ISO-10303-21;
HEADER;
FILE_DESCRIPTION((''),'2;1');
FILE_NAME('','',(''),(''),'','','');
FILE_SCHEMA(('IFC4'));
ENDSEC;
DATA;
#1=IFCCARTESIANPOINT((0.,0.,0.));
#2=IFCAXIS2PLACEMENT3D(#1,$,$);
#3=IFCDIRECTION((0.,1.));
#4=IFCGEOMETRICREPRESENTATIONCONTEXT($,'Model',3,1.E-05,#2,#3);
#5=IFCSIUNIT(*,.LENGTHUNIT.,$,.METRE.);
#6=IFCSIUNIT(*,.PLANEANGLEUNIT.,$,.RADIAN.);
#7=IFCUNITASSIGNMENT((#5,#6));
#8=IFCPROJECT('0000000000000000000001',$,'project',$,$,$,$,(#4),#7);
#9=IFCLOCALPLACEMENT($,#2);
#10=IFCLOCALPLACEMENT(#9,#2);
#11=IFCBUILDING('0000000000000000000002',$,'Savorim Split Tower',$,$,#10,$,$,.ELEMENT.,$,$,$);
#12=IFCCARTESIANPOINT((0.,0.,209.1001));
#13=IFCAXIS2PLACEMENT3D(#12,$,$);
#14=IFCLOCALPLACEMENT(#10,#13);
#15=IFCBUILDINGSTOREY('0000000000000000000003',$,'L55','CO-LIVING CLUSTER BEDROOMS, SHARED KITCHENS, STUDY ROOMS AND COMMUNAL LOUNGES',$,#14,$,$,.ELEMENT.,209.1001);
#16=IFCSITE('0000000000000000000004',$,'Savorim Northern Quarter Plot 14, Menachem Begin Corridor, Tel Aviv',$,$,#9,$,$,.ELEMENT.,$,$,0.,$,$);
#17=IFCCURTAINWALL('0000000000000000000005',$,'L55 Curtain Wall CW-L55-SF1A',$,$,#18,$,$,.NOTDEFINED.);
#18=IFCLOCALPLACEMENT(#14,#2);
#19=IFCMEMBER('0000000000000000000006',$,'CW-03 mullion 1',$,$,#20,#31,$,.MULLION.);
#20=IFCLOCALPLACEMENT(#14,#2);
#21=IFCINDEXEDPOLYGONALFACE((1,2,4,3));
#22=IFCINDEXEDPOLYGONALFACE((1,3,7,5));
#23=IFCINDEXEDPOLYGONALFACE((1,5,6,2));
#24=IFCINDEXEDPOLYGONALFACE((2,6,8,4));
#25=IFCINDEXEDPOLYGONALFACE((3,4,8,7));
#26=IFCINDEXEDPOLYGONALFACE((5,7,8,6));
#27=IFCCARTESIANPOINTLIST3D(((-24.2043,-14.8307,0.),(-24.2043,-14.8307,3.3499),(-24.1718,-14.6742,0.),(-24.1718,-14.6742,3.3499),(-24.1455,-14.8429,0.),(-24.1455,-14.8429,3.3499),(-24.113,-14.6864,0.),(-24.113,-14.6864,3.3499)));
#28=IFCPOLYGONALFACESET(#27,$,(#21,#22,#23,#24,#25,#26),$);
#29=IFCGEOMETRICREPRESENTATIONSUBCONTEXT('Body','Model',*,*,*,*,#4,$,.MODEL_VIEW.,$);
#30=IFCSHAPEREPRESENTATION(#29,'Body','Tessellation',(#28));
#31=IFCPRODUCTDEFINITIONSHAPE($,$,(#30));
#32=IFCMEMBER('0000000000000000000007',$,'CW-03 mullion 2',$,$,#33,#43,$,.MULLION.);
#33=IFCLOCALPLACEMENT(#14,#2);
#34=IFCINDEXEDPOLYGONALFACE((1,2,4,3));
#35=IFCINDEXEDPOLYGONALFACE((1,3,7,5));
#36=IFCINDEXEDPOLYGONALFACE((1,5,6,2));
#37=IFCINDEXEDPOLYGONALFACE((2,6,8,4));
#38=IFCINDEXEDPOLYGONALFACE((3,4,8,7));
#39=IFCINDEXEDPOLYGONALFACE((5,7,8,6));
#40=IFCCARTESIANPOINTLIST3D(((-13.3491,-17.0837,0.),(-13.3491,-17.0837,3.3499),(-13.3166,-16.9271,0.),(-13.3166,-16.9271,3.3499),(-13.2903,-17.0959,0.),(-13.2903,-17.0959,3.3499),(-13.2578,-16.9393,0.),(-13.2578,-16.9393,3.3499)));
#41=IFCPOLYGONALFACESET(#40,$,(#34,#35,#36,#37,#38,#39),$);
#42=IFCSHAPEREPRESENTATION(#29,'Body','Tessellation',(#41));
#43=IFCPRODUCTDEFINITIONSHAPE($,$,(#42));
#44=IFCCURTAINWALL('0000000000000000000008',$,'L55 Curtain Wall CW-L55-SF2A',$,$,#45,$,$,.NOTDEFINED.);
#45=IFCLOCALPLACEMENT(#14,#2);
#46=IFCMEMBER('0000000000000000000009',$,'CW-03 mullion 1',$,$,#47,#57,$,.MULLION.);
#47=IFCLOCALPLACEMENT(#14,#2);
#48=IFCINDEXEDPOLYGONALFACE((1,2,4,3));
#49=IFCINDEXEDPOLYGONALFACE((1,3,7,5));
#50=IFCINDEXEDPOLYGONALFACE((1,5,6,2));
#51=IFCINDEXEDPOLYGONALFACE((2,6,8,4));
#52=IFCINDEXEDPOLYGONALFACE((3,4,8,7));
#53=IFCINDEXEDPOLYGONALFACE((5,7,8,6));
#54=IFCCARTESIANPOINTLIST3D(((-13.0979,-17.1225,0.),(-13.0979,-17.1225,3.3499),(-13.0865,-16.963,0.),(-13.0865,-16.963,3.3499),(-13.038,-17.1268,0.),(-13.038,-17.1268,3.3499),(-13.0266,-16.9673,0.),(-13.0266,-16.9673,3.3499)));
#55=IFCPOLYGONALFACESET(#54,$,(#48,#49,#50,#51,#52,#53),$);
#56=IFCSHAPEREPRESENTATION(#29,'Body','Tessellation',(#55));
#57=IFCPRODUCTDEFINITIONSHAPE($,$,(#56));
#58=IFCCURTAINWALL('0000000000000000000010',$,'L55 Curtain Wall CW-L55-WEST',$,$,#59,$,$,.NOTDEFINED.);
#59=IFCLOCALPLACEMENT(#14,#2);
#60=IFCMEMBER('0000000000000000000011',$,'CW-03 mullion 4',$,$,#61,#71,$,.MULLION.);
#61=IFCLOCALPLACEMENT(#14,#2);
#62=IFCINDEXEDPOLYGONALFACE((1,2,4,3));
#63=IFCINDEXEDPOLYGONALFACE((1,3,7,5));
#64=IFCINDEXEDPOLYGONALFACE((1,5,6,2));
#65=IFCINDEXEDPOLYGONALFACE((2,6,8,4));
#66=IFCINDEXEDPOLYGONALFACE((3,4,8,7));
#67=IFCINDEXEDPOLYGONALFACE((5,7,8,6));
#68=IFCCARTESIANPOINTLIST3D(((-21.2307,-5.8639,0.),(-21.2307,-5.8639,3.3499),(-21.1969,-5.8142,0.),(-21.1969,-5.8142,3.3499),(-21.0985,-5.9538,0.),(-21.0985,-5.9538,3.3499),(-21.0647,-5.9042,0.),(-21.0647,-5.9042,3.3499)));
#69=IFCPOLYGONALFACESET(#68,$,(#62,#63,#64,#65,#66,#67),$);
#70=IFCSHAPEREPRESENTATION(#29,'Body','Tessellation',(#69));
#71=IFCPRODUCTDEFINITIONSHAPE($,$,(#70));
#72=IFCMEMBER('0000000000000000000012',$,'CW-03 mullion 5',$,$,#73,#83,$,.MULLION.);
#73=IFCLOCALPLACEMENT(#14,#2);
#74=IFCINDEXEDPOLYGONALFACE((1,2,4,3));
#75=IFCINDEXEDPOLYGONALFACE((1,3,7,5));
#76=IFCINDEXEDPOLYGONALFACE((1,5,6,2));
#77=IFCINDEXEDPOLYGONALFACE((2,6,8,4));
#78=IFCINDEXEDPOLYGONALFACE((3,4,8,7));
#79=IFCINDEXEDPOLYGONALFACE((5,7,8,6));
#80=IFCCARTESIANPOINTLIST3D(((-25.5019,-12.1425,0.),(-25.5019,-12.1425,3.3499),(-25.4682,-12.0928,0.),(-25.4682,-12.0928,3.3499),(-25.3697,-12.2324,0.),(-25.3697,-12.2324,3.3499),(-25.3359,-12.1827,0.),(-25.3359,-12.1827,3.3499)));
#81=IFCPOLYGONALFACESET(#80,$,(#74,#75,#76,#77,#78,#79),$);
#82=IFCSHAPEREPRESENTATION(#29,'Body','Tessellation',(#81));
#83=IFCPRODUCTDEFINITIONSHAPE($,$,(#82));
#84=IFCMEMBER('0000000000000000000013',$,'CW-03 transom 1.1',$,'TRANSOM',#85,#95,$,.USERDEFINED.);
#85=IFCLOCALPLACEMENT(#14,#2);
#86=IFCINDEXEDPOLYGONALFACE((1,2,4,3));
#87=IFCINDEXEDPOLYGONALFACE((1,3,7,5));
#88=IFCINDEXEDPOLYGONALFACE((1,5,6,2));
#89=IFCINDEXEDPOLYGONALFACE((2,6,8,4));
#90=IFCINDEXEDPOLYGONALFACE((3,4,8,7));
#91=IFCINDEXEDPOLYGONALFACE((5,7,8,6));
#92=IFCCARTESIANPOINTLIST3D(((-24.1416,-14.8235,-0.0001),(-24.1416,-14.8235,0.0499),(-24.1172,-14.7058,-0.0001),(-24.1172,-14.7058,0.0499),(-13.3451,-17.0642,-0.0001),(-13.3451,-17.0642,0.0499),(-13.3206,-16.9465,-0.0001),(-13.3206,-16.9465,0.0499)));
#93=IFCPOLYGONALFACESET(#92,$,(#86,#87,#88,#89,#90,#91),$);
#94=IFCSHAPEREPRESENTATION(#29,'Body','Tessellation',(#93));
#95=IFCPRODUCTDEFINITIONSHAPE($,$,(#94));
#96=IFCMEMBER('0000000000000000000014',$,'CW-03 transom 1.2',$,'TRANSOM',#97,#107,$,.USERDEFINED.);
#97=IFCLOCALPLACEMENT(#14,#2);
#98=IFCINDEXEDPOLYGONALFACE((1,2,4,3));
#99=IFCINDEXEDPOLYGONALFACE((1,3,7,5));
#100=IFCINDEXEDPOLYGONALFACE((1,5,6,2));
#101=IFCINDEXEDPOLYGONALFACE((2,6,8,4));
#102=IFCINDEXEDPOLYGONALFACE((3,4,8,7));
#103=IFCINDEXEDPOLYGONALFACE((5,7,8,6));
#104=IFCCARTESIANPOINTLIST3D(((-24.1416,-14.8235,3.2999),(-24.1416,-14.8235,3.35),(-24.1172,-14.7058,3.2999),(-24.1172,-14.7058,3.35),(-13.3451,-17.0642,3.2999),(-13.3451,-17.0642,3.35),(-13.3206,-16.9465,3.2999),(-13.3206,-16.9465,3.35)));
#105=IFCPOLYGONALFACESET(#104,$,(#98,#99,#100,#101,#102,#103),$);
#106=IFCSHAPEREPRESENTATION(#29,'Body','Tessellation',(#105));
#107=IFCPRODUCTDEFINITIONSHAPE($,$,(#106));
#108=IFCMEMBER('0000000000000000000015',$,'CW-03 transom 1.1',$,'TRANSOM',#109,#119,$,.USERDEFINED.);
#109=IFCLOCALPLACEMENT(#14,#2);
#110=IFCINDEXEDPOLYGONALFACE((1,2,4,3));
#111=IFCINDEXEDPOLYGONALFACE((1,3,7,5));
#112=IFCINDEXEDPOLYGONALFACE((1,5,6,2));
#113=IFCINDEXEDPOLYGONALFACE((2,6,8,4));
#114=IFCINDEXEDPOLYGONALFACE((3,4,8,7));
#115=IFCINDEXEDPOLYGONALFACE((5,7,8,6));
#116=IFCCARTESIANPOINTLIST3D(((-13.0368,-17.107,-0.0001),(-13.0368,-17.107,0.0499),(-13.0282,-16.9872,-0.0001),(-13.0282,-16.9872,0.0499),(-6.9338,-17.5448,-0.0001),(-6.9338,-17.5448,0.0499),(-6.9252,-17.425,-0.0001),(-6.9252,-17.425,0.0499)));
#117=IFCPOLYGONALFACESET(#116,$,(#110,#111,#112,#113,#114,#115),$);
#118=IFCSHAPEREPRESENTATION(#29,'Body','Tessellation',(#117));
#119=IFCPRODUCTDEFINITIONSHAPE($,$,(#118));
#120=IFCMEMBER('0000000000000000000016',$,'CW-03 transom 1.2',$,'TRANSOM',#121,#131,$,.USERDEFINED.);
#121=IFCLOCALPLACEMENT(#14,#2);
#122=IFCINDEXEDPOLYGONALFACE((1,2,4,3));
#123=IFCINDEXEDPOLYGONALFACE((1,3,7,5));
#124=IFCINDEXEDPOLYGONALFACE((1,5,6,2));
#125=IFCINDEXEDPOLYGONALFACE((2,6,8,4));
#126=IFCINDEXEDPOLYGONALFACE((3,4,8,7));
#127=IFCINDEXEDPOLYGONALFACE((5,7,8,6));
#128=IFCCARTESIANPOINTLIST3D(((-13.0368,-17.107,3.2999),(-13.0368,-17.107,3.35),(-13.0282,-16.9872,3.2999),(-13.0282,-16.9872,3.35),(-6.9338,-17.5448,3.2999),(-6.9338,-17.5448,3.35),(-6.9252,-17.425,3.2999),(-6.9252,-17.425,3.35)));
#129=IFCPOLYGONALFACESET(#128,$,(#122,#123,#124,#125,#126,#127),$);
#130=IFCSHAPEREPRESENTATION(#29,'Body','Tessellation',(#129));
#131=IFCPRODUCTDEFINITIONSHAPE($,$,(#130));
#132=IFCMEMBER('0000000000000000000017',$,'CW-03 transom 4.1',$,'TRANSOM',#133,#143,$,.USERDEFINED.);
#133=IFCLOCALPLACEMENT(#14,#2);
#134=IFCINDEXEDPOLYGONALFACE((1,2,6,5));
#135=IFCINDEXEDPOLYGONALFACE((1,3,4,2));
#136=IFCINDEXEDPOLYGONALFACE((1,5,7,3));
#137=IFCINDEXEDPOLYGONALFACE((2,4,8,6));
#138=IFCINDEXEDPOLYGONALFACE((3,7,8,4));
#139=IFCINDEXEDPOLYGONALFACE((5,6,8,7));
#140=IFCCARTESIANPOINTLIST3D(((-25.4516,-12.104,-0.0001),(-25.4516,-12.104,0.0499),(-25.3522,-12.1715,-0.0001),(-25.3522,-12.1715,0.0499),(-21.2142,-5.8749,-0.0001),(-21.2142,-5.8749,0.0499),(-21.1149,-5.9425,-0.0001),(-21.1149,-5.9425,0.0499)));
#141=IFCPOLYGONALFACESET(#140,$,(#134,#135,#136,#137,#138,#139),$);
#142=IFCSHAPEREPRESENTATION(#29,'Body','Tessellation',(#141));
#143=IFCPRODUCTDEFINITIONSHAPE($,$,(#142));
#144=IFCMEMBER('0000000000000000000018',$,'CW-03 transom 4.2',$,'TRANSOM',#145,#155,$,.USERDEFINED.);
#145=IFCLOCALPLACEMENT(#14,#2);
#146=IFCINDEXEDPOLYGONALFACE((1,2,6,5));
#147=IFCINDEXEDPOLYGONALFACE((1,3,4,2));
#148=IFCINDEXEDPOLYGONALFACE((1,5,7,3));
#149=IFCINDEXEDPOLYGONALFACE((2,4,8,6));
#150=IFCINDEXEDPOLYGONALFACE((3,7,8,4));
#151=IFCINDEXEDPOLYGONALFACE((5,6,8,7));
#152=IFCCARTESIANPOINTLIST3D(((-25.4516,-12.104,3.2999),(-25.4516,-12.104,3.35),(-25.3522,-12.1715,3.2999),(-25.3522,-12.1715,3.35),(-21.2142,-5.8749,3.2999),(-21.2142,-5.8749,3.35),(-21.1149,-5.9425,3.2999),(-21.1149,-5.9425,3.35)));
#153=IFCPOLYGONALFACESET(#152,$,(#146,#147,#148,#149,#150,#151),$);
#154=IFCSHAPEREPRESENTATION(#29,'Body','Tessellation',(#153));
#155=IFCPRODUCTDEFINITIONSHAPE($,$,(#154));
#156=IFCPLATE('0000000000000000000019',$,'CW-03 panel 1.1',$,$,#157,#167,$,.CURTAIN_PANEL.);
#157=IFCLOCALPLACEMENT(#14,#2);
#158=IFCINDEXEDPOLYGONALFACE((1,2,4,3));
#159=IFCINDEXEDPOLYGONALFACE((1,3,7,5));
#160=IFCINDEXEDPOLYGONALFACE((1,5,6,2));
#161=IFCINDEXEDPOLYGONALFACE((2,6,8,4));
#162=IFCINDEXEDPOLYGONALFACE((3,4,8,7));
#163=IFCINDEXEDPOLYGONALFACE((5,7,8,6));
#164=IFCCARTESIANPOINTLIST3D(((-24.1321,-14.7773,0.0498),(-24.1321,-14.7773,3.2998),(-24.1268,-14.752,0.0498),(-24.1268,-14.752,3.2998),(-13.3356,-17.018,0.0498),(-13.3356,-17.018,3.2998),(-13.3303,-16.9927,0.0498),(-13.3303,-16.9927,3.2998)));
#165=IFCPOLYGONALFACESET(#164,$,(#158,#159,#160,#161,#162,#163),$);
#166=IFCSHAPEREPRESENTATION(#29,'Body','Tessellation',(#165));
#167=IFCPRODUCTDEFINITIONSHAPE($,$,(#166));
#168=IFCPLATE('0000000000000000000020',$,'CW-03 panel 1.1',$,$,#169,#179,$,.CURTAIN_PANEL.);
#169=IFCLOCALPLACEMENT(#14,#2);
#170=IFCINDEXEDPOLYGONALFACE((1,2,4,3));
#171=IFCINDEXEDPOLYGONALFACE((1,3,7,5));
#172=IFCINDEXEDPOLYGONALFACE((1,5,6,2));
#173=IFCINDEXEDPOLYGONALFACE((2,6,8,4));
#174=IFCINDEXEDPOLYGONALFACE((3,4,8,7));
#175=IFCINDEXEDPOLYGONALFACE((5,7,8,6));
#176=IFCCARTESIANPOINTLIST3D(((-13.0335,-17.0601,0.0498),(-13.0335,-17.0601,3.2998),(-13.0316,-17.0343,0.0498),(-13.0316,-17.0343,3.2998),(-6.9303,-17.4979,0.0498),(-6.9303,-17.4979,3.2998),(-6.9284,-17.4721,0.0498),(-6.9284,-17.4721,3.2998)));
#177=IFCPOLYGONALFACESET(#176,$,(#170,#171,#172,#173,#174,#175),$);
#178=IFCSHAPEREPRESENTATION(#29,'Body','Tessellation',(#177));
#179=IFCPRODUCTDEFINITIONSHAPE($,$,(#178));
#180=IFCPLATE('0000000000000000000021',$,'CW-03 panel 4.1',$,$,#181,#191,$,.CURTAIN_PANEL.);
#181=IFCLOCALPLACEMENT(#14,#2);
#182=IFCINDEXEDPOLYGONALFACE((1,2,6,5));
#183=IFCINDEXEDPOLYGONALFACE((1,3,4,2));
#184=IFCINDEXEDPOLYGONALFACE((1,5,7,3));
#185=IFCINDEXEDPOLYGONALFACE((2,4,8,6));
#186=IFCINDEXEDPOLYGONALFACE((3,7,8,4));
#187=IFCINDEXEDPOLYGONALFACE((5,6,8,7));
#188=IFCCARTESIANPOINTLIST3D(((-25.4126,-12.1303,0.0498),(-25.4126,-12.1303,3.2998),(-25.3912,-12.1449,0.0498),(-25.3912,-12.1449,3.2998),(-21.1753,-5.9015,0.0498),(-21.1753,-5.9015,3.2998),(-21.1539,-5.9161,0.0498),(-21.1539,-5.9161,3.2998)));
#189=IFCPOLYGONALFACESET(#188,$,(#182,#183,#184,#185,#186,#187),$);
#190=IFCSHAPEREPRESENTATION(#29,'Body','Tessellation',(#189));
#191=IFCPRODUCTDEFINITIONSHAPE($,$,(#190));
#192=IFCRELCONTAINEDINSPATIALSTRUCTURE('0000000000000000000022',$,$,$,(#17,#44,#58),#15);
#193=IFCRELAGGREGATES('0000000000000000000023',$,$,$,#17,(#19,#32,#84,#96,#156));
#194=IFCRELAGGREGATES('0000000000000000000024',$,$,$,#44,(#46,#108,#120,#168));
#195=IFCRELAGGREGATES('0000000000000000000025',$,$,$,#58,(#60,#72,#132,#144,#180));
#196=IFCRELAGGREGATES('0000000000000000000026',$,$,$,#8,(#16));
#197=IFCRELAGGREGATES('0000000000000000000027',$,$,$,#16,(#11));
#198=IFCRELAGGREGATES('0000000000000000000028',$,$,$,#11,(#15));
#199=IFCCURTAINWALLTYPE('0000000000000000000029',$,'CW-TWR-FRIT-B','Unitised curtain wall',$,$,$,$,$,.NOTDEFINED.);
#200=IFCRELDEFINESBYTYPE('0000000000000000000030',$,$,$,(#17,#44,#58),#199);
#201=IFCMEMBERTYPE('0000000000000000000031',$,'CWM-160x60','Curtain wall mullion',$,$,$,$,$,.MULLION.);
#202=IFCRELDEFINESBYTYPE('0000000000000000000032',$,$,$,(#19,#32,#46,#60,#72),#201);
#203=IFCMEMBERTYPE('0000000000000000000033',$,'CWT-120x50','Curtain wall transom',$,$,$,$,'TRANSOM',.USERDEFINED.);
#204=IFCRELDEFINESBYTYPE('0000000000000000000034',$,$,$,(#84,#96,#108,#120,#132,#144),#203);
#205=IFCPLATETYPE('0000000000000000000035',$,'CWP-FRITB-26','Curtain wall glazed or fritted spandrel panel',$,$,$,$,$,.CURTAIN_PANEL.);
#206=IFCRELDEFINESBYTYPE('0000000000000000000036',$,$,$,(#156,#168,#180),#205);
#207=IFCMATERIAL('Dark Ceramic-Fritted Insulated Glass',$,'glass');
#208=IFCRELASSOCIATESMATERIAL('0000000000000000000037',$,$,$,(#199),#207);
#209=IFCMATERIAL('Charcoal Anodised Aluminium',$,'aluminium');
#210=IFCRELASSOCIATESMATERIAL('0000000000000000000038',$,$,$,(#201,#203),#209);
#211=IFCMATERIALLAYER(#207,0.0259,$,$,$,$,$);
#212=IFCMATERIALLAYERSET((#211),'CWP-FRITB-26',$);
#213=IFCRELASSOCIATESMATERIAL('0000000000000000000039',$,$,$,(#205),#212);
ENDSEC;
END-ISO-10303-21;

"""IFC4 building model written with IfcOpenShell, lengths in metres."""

from ifc_helpers import new_model, si_unit, direction, frame, origin, origin_2d, place, context, subcontext, project, spatial, rectangle, extrude, material, layer, layer_set, material_profile, profile_set, type_object, element, aggregate, save


model = new_model("IFC4")

# Units and contexts
model_context = context("Model", 3, precision=1e-05, world=origin(), true_north=direction((0.0, 1.0)))
body_context = subcontext(model_context, "Body", "Model", "MODEL_VIEW")
ifc_project = project(units=[si_unit("LENGTHUNIT", "METRE"), si_unit("PLANEANGLEUNIT", "RADIAN")], contexts=[model_context])

# Site, building, storey
site_placement = place(None, origin())
site = spatial("IfcSite", under=ifc_project, at=site_placement, Name="Savorim Northern Quarter Plot 14, Menachem Begin Corridor, Tel Aviv", CompositionType="ELEMENT", RefElevation=0.0)
building_placement = place(site_placement, origin())
building = spatial("IfcBuilding", under=site, at=building_placement, Name="Savorim Split Tower", CompositionType="ELEMENT")
storey_placement = place(building_placement, frame((0.0, 0.0, 209.1001)))
storey = spatial("IfcBuildingStorey", under=building, at=storey_placement, Name="L55", Description="CO-LIVING CLUSTER BEDROOMS, SHARED KITCHENS, STUDY ROOMS AND COMMUNAL LOUNGES", CompositionType="ELEMENT", Elevation=209.1001)

# Curtain wall, members
ifc_material_1 = material(Name="Dark Ceramic-Fritted Insulated Glass", Category="glass")
curtain_wall_type = type_object("IfcCurtainWallType", Name="CW-TWR-FRIT-B", Description="Unitised curtain wall", PredefinedType="NOTDEFINED", material=ifc_material_1)
curtain_wall_1_placement = place(storey_placement, origin())
curtain_wall_1 = element("IfcCurtainWall", 1, at=curtain_wall_1_placement, inside=storey, type_object=curtain_wall_type, Name="L55 Curtain Wall CW-L55-SF1A", PredefinedType="NOTDEFINED")
ifc_material_2 = material(Name="Charcoal Anodised Aluminium", Category="aluminium")
ifc_material_profile_1 = material_profile(ifc_material_2, rectangle(XDim=0.1599, YDim=0.0601, at=origin_2d()), Name="ALU-M 160x60")
ifc_profile_set_1 = profile_set([ifc_material_profile_1], Name="Charcoal Anodised Aluminium")
member_type_1 = type_object("IfcMemberType", Name="CWM-160x60", Description="Curtain wall mullion", PredefinedType="MULLION", material=ifc_profile_set_1)
member_1_placement = place(storey_placement, frame((-24.1587, -14.7585, 0.0), z_axis=(0.0, 0.0, 1.0), x_axis=(0.20321, 0.979135, 0.0)))
member_1 = element("IfcMember", 2, at=member_1_placement, type_object=member_type_1, Name="CW-03 mullion 1", PredefinedType="MULLION", context=body_context, shape_type="SweptSolid", body=[
    extrude(rectangle(XDim=0.1599, YDim=0.0601, at=origin_2d()), origin(), (0.0, 0.0, 1.0), 3.3499),
])
member_2_placement = place(storey_placement, frame((-13.3035, -17.0115, 0.0), z_axis=(0.0, 0.0, 1.0), x_axis=(0.20321, 0.979135, 0.0)))
member_2 = element("IfcMember", 3, at=member_2_placement, type_object=member_type_1, Name="CW-03 mullion 2", PredefinedType="MULLION", context=body_context, shape_type="SweptSolid", body=[
    extrude(rectangle(XDim=0.1599, YDim=0.0601, at=origin_2d()), origin(), (0.0, 0.0, 1.0), 3.3499),
])

# Curtain wall, member
curtain_wall_2_placement = place(storey_placement, origin())
curtain_wall_2 = element("IfcCurtainWall", 4, at=curtain_wall_2_placement, inside=storey, type_object=curtain_wall_type, Name="L55 Curtain Wall CW-L55-SF2A", PredefinedType="NOTDEFINED")
member_3_placement = place(storey_placement, frame((-13.0623, -17.0449, 0.0), z_axis=(0.0, 0.0, 1.0), x_axis=(0.071552, 0.997437, 0.0)))
member_3 = element("IfcMember", 5, at=member_3_placement, type_object=member_type_1, Name="CW-03 mullion 1", PredefinedType="MULLION", context=body_context, shape_type="SweptSolid", body=[
    extrude(rectangle(XDim=0.1599, YDim=0.0601, at=origin_2d()), origin(), (0.0, 0.0, 1.0), 3.3499),
])

# Curtain wall, members
curtain_wall_3_placement = place(storey_placement, origin())
curtain_wall_3 = element("IfcCurtainWall", 6, at=curtain_wall_3_placement, inside=storey, type_object=curtain_wall_type, Name="L55 Curtain Wall CW-L55-WEST", PredefinedType="NOTDEFINED")
member_4_placement = place(storey_placement, frame((-21.1477, -5.884, 0.0), z_axis=(0.0, 0.0, 1.0), x_axis=(0.826821, -0.562465, 0.0)))
member_4 = element("IfcMember", 7, at=member_4_placement, type_object=member_type_1, Name="CW-03 mullion 4", PredefinedType="MULLION", context=body_context, shape_type="SweptSolid", body=[
    extrude(rectangle(XDim=0.1599, YDim=0.0601, at=origin_2d()), origin(), (0.0, 0.0, 1.0), 3.3499),
])
member_5_placement = place(storey_placement, frame((-25.4189, -12.1626, 0.0), z_axis=(0.0, 0.0, 1.0), x_axis=(0.826821, -0.562465, 0.0)))
member_5 = element("IfcMember", 8, at=member_5_placement, type_object=member_type_1, Name="CW-03 mullion 5", PredefinedType="MULLION", context=body_context, shape_type="SweptSolid", body=[
    extrude(rectangle(XDim=0.1599, YDim=0.0601, at=origin_2d()), origin(), (0.0, 0.0, 1.0), 3.3499),
])

# Members
ifc_material_profile_2 = material_profile(ifc_material_2, rectangle(XDim=0.1201, YDim=0.05, at=origin_2d()), Name="ALU-T 120x50")
ifc_profile_set_2 = profile_set([ifc_material_profile_2], Name="Charcoal Anodised Aluminium")
member_type_2 = type_object("IfcMemberType", Name="CWT-120x50", Description="Curtain wall transom", ElementType="TRANSOM", PredefinedType="USERDEFINED", material=ifc_profile_set_2)
member_6_placement = place(storey_placement, frame((-24.1294, -14.7646, 0.0249), z_axis=(0.979135, -0.203209, 0.0), x_axis=(0.203209, 0.979135, 0.0)))
member_6 = element("IfcMember", 9, at=member_6_placement, type_object=member_type_2, Name="CW-03 transom 1.1", ObjectType="TRANSOM", PredefinedType="USERDEFINED", context=body_context, shape_type="SweptSolid", body=[
    extrude(rectangle(XDim=0.1201, YDim=0.05, at=origin_2d()), origin(), (0.0, 0.0, 1.0), 11.0266),
])
member_7_placement = place(storey_placement, frame((-24.1294, -14.7646, 3.325), z_axis=(0.979135, -0.203209, 0.0), x_axis=(0.203209, 0.979135, 0.0)))
member_7 = element("IfcMember", 10, at=member_7_placement, type_object=member_type_2, Name="CW-03 transom 1.2", ObjectType="TRANSOM", PredefinedType="USERDEFINED", context=body_context, shape_type="SweptSolid", body=[
    extrude(rectangle(XDim=0.1201, YDim=0.05, at=origin_2d()), origin(), (0.0, 0.0, 1.0), 11.0266),
])
member_8_placement = place(storey_placement, frame((-13.0325, -17.0471, 0.0249), z_axis=(0.997438, -0.071542, 0.0), x_axis=(0.071542, 0.997438, 0.0)))
member_8 = element("IfcMember", 11, at=member_8_placement, type_object=member_type_2, Name="CW-03 transom 1.1", ObjectType="TRANSOM", PredefinedType="USERDEFINED", context=body_context, shape_type="SweptSolid", body=[
    extrude(rectangle(XDim=0.1201, YDim=0.05, at=origin_2d()), origin(), (0.0, 0.0, 1.0), 6.1187),
])
member_9_placement = place(storey_placement, frame((-13.0325, -17.0471, 3.325), z_axis=(0.997438, -0.071542, 0.0), x_axis=(0.071542, 0.997438, 0.0)))
member_9 = element("IfcMember", 12, at=member_9_placement, type_object=member_type_2, Name="CW-03 transom 1.2", ObjectType="TRANSOM", PredefinedType="USERDEFINED", context=body_context, shape_type="SweptSolid", body=[
    extrude(rectangle(XDim=0.1201, YDim=0.05, at=origin_2d()), origin(), (0.0, 0.0, 1.0), 6.1187),
])
member_10_placement = place(storey_placement, frame((-21.1646, -5.9087, 0.0249), z_axis=(-0.562454, -0.826829, 0.0), x_axis=(0.826829, -0.562454, 0.0)))
member_10 = element("IfcMember", 13, at=member_10_placement, type_object=member_type_2, Name="CW-03 transom 4.1", ObjectType="TRANSOM", PredefinedType="USERDEFINED", context=body_context, shape_type="SweptSolid", body=[
    extrude(rectangle(XDim=0.1201, YDim=0.05, at=origin_2d()), origin(), (0.0, 0.0, 1.0), 7.5337),
])
member_11_placement = place(storey_placement, frame((-21.1646, -5.9087, 3.325), z_axis=(-0.562454, -0.826829, 0.0), x_axis=(0.826829, -0.562454, 0.0)))
member_11 = element("IfcMember", 14, at=member_11_placement, type_object=member_type_2, Name="CW-03 transom 4.2", ObjectType="TRANSOM", PredefinedType="USERDEFINED", context=body_context, shape_type="SweptSolid", body=[
    extrude(rectangle(XDim=0.1201, YDim=0.05, at=origin_2d()), origin(), (0.0, 0.0, 1.0), 7.5337),
])

# Plates
ifc_layer_1 = layer(ifc_material_1, 0.0259)
ifc_layer_set_1 = layer_set([ifc_layer_1], Name="CWP-FRITB-26")
plate_type = type_object("IfcPlateType", Name="CWP-FRITB-26", Description="Curtain wall glazed or fritted spandrel panel", PredefinedType="CURTAIN_PANEL", material=ifc_layer_set_1)
plate_1_placement = place(storey_placement, frame((-18.7312, -15.885, 0.0498), z_axis=(0.0, 0.0, 1.0), x_axis=(0.979135, -0.20321, 0.0)))
plate_1 = element("IfcPlate", 15, at=plate_1_placement, type_object=plate_type, Name="CW-03 panel 1.1", PredefinedType="CURTAIN_PANEL", context=body_context, shape_type="SweptSolid", body=[
    extrude(rectangle(XDim=11.0266, YDim=0.0259, at=origin_2d()), origin(), (0.0, 0.0, 1.0), 3.25),
])
aggregate(curtain_wall_1, [member_1, member_2, member_6, member_7, plate_1])
plate_2_placement = place(storey_placement, frame((-9.981, -17.2661, 0.0498), z_axis=(0.0, 0.0, 1.0), x_axis=(0.997437, -0.071552, 0.0)))
plate_2 = element("IfcPlate", 16, at=plate_2_placement, type_object=plate_type, Name="CW-03 panel 1.1", PredefinedType="CURTAIN_PANEL", context=body_context, shape_type="SweptSolid", body=[
    extrude(rectangle(XDim=6.1189, YDim=0.0259, at=origin_2d()), origin(), (0.0, 0.0, 1.0), 3.25),
])
aggregate(curtain_wall_2, [member_3, member_8, member_9, plate_2])
plate_3_placement = place(storey_placement, frame((-23.2832, -9.0232, 0.0498), z_axis=(0.0, 0.0, 1.0), x_axis=(-0.562465, -0.826821, 0.0)))
plate_3 = element("IfcPlate", 17, at=plate_3_placement, type_object=plate_type, Name="CW-03 panel 4.1", PredefinedType="CURTAIN_PANEL", context=body_context, shape_type="SweptSolid", body=[
    extrude(rectangle(XDim=7.5334, YDim=0.0259, at=origin_2d()), origin(), (0.0, 0.0, 1.0), 3.25),
])
aggregate(curtain_wall_3, [member_4, member_5, member_10, member_11, plate_3])

save(model, "model.ifc")
